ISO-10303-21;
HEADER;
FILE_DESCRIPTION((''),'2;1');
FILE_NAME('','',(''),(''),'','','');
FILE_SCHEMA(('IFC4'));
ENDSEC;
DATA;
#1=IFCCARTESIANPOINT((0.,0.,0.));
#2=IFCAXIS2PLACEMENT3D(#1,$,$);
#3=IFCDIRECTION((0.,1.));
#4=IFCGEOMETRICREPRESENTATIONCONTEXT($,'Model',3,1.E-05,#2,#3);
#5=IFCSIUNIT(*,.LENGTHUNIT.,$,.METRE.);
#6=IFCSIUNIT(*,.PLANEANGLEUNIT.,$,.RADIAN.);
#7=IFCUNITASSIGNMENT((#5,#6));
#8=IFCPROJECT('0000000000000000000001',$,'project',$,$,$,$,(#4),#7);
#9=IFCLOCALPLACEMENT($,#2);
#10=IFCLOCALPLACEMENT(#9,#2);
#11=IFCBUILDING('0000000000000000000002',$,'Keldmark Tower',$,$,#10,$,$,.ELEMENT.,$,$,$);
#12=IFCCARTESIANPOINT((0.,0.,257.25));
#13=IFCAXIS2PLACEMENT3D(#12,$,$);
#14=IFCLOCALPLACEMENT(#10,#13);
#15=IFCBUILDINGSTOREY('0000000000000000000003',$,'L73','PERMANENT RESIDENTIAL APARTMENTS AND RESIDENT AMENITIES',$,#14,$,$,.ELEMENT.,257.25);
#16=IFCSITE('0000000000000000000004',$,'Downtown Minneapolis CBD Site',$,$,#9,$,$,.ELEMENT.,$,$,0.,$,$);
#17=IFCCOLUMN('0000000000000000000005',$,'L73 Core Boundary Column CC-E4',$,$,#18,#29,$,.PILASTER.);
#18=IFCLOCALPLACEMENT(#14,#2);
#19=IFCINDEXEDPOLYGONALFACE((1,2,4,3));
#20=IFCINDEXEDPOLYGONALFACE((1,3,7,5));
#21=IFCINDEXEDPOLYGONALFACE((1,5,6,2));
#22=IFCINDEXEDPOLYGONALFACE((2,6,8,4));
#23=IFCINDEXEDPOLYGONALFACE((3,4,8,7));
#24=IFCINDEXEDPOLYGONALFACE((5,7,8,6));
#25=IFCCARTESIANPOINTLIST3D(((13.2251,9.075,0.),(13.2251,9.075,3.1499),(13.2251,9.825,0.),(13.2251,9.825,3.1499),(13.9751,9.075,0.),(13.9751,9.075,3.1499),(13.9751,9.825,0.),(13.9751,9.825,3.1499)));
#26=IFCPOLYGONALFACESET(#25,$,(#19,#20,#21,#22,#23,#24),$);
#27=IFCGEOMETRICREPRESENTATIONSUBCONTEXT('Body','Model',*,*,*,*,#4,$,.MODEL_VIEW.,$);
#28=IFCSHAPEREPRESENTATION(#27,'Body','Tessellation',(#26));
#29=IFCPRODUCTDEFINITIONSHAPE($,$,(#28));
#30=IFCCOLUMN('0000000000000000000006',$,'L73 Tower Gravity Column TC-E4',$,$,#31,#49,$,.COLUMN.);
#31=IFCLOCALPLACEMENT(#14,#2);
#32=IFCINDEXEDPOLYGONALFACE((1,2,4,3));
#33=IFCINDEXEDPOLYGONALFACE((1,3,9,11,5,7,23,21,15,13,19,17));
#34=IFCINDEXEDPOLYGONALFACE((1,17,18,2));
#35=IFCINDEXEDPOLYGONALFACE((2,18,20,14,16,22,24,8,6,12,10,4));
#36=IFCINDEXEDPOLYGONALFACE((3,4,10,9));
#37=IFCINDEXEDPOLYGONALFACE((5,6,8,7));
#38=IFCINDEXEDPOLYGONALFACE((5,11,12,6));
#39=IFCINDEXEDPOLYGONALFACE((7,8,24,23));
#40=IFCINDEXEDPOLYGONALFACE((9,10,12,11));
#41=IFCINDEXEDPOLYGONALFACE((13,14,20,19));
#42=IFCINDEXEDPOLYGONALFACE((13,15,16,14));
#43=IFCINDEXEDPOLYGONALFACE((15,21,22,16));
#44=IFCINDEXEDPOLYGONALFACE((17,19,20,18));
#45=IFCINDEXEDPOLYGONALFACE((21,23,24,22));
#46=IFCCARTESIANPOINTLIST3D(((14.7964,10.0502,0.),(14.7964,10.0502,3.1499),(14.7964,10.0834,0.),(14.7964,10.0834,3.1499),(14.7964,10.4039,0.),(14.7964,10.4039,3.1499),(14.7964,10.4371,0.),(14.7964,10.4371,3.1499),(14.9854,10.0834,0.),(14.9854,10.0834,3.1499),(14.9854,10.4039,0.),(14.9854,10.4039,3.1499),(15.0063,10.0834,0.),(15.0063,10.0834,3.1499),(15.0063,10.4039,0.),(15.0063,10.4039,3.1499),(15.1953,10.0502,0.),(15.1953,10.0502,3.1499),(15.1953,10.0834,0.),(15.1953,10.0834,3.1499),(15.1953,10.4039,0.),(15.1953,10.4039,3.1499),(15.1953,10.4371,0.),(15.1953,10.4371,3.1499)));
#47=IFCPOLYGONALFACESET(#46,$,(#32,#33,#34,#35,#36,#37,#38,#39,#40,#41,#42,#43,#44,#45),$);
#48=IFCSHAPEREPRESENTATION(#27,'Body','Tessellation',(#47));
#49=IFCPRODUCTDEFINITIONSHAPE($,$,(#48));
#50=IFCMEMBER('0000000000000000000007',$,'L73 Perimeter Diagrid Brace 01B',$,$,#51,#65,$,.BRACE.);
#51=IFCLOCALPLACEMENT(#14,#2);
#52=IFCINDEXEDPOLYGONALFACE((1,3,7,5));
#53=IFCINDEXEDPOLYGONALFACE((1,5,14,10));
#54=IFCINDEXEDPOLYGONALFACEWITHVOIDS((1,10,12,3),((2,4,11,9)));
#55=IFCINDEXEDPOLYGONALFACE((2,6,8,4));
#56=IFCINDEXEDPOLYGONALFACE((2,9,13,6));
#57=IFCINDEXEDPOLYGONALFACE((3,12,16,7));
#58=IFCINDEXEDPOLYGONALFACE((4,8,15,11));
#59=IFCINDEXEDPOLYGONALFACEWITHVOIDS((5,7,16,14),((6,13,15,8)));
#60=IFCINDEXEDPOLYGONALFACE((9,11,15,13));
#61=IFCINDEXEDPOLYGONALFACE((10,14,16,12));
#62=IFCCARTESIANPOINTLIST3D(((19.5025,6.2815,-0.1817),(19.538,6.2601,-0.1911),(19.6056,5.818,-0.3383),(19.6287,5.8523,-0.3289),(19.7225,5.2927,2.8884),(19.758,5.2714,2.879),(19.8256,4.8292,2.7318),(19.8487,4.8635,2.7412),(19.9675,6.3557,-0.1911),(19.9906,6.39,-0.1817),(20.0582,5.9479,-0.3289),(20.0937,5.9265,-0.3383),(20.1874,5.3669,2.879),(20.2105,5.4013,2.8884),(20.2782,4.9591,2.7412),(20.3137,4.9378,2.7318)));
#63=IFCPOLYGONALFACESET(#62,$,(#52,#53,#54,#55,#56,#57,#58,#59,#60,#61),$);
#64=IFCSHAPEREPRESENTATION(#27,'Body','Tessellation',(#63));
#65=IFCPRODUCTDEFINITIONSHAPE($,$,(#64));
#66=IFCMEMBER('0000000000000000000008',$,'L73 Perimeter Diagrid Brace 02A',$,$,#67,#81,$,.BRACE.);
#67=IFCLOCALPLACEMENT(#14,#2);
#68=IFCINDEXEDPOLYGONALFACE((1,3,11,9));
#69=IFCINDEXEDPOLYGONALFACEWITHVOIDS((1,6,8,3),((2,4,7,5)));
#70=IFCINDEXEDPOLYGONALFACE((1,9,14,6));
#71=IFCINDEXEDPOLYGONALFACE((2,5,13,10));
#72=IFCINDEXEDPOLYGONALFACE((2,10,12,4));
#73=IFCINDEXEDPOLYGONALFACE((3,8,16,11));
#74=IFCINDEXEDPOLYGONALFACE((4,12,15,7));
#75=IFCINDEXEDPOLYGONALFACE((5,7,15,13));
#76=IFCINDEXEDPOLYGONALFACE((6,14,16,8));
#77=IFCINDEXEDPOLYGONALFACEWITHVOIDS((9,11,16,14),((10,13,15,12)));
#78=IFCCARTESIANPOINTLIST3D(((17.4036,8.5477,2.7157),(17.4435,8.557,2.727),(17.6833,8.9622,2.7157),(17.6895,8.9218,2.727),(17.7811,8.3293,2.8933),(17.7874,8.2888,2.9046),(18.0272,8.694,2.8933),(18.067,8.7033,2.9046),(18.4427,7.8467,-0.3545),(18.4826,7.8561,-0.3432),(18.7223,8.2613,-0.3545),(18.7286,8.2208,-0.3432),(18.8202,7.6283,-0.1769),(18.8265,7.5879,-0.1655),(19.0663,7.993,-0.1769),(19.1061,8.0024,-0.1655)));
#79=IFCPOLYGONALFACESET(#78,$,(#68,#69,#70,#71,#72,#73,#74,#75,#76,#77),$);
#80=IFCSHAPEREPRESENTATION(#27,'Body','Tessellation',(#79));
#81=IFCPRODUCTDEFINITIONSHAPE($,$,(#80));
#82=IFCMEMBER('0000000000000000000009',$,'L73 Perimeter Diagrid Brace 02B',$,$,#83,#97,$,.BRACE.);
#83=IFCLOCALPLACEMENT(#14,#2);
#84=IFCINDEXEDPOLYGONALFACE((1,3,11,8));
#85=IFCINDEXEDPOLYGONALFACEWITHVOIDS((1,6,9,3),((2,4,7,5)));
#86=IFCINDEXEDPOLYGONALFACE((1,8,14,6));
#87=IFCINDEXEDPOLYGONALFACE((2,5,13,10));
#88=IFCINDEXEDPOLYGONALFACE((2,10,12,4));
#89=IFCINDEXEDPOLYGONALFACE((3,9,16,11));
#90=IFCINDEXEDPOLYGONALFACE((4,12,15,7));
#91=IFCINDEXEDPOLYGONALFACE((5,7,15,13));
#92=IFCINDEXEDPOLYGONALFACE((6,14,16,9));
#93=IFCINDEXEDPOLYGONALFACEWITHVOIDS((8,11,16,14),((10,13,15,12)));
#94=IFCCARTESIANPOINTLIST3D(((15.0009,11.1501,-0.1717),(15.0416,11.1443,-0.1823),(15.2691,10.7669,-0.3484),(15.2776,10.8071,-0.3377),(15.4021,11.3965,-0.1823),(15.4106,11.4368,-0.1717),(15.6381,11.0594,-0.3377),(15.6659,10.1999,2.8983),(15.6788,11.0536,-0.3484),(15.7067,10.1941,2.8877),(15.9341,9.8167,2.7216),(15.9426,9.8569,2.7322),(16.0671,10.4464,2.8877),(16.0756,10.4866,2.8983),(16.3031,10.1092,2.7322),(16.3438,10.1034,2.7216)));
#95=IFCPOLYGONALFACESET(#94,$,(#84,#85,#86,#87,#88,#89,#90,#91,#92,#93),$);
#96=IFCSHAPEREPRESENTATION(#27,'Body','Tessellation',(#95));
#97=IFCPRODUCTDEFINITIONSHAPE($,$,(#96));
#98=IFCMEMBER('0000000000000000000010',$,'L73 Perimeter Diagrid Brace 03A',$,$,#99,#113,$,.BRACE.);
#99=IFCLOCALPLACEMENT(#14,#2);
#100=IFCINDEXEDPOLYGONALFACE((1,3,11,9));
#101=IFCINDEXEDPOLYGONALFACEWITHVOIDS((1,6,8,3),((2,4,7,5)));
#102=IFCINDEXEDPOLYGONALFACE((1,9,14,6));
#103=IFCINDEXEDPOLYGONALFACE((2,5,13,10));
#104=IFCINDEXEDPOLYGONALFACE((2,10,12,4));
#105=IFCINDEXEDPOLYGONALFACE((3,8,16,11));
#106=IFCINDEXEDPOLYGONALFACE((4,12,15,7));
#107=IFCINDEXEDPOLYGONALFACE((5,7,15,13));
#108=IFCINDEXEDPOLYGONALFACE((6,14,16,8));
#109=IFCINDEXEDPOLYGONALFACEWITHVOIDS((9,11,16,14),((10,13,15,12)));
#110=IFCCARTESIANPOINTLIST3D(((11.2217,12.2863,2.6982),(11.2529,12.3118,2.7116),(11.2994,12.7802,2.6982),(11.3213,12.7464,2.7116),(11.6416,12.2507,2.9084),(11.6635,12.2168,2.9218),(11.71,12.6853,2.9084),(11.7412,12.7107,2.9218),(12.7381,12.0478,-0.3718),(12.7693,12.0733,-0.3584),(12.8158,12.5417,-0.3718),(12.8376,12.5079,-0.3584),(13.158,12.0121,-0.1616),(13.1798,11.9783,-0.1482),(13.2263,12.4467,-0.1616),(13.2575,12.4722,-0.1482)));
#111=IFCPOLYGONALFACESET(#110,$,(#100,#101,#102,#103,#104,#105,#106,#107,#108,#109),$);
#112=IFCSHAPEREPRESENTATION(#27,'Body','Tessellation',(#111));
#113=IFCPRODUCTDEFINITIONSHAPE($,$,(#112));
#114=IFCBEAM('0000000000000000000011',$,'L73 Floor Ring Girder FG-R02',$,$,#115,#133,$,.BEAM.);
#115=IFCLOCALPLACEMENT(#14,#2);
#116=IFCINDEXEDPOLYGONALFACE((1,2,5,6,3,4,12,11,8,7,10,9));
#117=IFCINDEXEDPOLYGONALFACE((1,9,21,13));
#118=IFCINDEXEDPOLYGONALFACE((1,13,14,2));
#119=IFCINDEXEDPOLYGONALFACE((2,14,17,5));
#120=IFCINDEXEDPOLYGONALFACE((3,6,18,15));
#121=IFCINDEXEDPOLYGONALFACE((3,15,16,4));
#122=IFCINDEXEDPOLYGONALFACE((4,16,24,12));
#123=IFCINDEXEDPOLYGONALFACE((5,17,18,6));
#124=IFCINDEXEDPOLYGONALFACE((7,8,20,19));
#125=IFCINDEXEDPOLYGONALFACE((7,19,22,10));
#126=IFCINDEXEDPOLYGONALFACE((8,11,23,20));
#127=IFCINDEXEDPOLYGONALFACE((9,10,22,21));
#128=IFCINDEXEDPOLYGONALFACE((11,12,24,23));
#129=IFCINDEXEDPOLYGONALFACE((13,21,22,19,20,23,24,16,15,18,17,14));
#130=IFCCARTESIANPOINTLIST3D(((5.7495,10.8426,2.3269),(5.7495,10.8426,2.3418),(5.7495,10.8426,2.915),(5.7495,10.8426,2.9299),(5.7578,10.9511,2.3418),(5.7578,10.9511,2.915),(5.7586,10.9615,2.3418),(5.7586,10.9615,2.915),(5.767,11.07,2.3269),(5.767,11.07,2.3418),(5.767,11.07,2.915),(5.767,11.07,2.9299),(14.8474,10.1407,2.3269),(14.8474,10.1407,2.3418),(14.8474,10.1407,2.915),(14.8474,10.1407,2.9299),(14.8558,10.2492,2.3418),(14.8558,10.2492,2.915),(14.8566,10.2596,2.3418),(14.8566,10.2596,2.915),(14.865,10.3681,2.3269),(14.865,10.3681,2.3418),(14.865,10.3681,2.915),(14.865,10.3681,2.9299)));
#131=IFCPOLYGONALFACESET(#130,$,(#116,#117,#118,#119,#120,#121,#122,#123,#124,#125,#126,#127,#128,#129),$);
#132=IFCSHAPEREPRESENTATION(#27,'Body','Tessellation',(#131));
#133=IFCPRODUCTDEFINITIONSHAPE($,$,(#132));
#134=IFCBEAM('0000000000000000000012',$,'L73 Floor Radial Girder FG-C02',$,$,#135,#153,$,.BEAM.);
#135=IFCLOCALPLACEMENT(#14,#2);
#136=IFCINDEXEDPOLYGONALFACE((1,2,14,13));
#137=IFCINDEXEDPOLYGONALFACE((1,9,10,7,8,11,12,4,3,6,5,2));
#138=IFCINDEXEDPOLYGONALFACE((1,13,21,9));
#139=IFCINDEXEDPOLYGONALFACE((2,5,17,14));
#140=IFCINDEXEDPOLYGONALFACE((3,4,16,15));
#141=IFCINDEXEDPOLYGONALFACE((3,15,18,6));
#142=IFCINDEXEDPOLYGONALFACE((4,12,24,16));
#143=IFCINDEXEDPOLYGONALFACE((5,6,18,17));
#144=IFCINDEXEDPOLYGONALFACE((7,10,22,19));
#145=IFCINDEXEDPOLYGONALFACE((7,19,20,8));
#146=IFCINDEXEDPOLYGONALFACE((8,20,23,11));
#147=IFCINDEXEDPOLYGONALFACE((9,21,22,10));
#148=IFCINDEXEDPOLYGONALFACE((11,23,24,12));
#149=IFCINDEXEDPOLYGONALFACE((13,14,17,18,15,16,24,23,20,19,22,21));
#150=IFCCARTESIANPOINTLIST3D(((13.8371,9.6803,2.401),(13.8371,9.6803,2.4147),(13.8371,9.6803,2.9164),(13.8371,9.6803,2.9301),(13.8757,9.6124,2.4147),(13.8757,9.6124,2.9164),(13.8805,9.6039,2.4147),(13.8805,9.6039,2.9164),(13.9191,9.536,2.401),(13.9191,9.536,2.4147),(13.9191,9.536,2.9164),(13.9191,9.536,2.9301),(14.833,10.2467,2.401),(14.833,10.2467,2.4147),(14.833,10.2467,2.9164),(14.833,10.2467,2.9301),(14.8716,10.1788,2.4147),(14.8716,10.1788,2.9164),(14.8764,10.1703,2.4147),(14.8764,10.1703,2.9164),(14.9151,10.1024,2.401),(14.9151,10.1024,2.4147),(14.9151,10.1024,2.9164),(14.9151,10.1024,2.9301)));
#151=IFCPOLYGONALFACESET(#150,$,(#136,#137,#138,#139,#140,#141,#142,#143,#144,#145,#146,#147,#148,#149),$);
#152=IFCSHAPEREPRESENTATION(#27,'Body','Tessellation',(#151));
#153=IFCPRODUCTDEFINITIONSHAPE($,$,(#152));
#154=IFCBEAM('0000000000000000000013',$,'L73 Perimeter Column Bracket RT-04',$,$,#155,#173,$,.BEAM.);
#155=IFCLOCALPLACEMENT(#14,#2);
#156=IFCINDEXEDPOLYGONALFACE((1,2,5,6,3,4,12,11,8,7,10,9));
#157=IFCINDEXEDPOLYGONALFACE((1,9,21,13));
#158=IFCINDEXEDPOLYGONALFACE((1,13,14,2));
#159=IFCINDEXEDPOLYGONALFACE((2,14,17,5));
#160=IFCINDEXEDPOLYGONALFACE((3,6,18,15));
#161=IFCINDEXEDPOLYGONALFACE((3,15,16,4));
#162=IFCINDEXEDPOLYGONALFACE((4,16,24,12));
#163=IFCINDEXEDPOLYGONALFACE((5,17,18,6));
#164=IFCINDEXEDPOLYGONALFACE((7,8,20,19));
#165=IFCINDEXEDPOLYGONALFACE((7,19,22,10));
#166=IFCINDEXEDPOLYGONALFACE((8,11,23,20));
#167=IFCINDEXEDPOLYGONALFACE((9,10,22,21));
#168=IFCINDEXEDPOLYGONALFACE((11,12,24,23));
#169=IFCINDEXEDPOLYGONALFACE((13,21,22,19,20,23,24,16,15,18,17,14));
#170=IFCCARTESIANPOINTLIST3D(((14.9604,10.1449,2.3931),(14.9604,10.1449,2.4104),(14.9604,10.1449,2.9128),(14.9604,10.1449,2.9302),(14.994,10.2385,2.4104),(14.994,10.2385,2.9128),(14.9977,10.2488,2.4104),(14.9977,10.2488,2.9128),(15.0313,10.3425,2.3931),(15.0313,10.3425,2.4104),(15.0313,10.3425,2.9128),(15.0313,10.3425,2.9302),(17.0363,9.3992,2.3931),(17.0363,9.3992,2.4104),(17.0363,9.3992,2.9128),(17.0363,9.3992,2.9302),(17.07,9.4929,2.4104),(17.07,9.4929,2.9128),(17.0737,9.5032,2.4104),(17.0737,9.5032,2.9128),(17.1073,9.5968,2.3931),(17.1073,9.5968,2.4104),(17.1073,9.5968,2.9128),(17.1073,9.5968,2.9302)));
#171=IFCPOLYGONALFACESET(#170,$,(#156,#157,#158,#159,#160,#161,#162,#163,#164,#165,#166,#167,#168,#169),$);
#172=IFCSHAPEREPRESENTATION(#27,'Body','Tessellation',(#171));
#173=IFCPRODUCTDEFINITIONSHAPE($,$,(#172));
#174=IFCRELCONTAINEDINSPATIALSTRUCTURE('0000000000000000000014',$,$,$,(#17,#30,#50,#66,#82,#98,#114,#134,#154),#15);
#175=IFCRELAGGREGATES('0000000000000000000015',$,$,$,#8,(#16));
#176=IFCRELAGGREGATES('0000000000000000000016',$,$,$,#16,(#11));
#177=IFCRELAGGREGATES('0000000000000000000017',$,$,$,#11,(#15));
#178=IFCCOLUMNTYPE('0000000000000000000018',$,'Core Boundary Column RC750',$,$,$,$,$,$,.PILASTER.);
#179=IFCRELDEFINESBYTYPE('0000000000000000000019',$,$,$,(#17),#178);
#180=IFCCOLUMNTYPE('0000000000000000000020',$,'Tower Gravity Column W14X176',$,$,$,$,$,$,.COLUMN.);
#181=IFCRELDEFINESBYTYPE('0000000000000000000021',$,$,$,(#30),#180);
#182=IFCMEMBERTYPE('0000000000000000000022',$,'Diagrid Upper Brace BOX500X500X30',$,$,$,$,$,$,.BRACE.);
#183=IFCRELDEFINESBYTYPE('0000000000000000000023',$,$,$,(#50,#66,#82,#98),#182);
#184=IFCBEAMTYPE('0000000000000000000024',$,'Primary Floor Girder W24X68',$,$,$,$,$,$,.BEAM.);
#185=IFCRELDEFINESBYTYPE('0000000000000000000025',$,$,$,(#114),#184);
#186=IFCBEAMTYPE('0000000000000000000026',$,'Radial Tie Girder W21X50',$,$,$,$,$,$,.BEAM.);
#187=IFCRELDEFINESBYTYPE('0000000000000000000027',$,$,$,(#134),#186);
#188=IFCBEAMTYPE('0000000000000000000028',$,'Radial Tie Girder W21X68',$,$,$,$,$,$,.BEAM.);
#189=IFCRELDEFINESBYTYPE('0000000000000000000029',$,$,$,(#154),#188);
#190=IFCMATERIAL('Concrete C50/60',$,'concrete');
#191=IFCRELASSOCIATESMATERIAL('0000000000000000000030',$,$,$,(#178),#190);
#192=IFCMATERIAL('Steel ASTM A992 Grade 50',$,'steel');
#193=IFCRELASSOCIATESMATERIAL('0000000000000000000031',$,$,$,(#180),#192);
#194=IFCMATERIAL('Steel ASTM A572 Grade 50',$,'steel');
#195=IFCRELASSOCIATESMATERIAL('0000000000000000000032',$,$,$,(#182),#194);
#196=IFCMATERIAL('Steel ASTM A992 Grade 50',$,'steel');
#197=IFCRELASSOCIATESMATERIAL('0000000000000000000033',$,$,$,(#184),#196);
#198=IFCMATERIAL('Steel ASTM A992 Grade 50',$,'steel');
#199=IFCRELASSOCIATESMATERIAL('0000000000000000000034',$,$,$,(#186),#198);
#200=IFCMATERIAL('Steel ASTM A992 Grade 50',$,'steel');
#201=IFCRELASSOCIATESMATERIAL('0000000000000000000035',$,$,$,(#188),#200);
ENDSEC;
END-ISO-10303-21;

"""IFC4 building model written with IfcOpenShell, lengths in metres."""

from ifc_helpers import new_model, si_unit, direction, frame, origin, origin_2d, place, context, subcontext, project, spatial, rectangle, hollow_rectangle, i_section, extrude, material, material_profile, profile_set, type_object, element, save


model = new_model("IFC4")

# Units and contexts
model_context = context("Model", 3, precision=1e-05, world=origin(), true_north=direction((0.0, 1.0)))
body_context = subcontext(model_context, "Body", "Model", "MODEL_VIEW")
ifc_project = project(units=[si_unit("LENGTHUNIT", "METRE"), si_unit("PLANEANGLEUNIT", "RADIAN")], contexts=[model_context])

# Site, building, storey
site_placement = place(None, origin())
site = spatial("IfcSite", under=ifc_project, at=site_placement, Name="Downtown Minneapolis CBD Site", CompositionType="ELEMENT", RefElevation=0.0)
building_placement = place(site_placement, origin())
building = spatial("IfcBuilding", under=site, at=building_placement, Name="Keldmark Tower", CompositionType="ELEMENT")
storey_placement = place(building_placement, frame((0.0, 0.0, 257.25)))
storey = spatial("IfcBuildingStorey", under=building, at=storey_placement, Name="L73", Description="PERMANENT RESIDENTIAL APARTMENTS AND RESIDENT AMENITIES", CompositionType="ELEMENT", Elevation=257.25)

# Columns
ifc_material_1 = material(Name="Concrete C50/60", Category="concrete")
ifc_material_profile_1 = material_profile(ifc_material_1, rectangle(XDim=0.75, YDim=0.75, at=origin_2d()), Name="RC750X750")
ifc_profile_set_1 = profile_set([ifc_material_profile_1], Name="Concrete C50/60")
column_type_1 = type_object("IfcColumnType", Name="Core Boundary Column RC750", PredefinedType="PILASTER", material=ifc_profile_set_1)
column_1_placement = place(storey_placement, frame((13.6001, 9.45, 0.0), z_axis=(0.0, 0.0, 1.0), x_axis=(1.0, 0.0, 0.0)))
element("IfcColumn", 1, at=column_1_placement, inside=storey, type_object=column_type_1, Name="L73 Core Boundary Column CC-E4", PredefinedType="PILASTER", context=body_context, shape_type="SweptSolid", body=[
    extrude(rectangle(XDim=0.75, YDim=0.75, at=origin_2d()), origin(), (0.0, 0.0, 1.0), 3.1499),
])
ifc_material_2 = material(Name="Steel ASTM A992 Grade 50", Category="steel")
ifc_material_profile_2 = material_profile(ifc_material_2, i_section(OverallWidth=0.3989, OverallDepth=0.387, WebThickness=0.021, FlangeThickness=0.0332, at=origin_2d()), Name="W14X176")
ifc_profile_set_2 = profile_set([ifc_material_profile_2], Name="Steel ASTM A992 Grade 50")
column_type_2 = type_object("IfcColumnType", Name="Tower Gravity Column W14X176", PredefinedType="COLUMN", material=ifc_profile_set_2)
column_2_placement = place(storey_placement, frame((14.9958, 10.2437, 0.0), z_axis=(0.0, 0.0, 1.0), x_axis=(1.0, 0.0, 0.0)))
element("IfcColumn", 2, at=column_2_placement, inside=storey, type_object=column_type_2, Name="L73 Tower Gravity Column TC-E4", PredefinedType="COLUMN", context=body_context, shape_type="SweptSolid", body=[
    extrude(i_section(OverallWidth=0.3989, OverallDepth=0.387, WebThickness=0.021, FlangeThickness=0.0332, at=origin_2d()), origin(), (0.0, 0.0, 1.0), 3.1499),
])

# Members
ifc_material_3 = material(Name="Steel ASTM A572 Grade 50", Category="steel")
ifc_material_profile_3 = material_profile(ifc_material_3, hollow_rectangle(XDim=0.5, YDim=0.5, WallThickness=0.03, at=origin_2d()), Name="BOX500X500X30")
ifc_profile_set_3 = profile_set([ifc_material_profile_3], Name="Steel ASTM A572 Grade 50")
member_type = type_object("IfcMemberType", Name="Diagrid Upper Brace BOX500X500X30", PredefinedType="BRACE", material=ifc_profile_set_3)
member_1_placement = place(storey_placement, frame((19.7981, 6.104, -0.26), z_axis=(0.068042, -0.30585, 0.949645), x_axis=(0.976136, 0.21716, 0.0)))
element("IfcMember", 3, at=member_1_placement, inside=storey, type_object=member_type, Name="L73 Perimeter Diagrid Brace 01B", PredefinedType="BRACE", context=body_context, shape_type="SweptSolid", body=[
    extrude(hollow_rectangle(XDim=0.5, YDim=0.5, WallThickness=0.03, at=origin_2d()), origin(), (0.0, 0.0, 1.0), 3.2329),
])
member_2_placement = place(storey_placement, frame((18.7744, 7.9246, -0.26), z_axis=(-0.313342, 0.211374, 0.925817), x_axis=(-0.559232, -0.829011, 0.0)))
element("IfcMember", 4, at=member_2_placement, inside=storey, type_object=member_type, Name="L73 Perimeter Diagrid Brace 02A", PredefinedType="BRACE", context=body_context, shape_type="SweptSolid", body=[
    extrude(hollow_rectangle(XDim=0.5, YDim=0.5, WallThickness=0.03, at=origin_2d()), origin(), (0.0, 0.0, 1.0), 3.3162),
])
member_3_placement = place(storey_placement, frame((15.3398, 11.1018, -0.26), z_axis=(0.202642, -0.289531, 0.935472), x_axis=(0.819271, 0.573406, 0.0)))
element("IfcMember", 5, at=member_3_placement, inside=storey, type_object=member_type, Name="L73 Perimeter Diagrid Brace 02B", PredefinedType="BRACE", context=body_context, shape_type="SweptSolid", body=[
    extrude(hollow_rectangle(XDim=0.5, YDim=0.5, WallThickness=0.03, at=origin_2d()), origin(), (0.0, 0.0, 1.0), 3.2817),
])
member_4_placement = place(storey_placement, frame((12.9978, 12.26, -0.26), z_axis=(-0.441774, 0.069492, 0.894431), x_axis=(-0.155391, -0.987853, 0.0)))
element("IfcMember", 6, at=member_4_placement, inside=storey, type_object=member_type, Name="L73 Perimeter Diagrid Brace 03A", PredefinedType="BRACE", context=body_context, shape_type="SweptSolid", body=[
    extrude(hollow_rectangle(XDim=0.5, YDim=0.5, WallThickness=0.03, at=origin_2d()), origin(), (0.0, 0.0, 1.0), 3.4324),
])

# Beams
ifc_material_4 = material(Name="Steel ASTM A992 Grade 50", Category="steel")
ifc_material_profile_4 = material_profile(ifc_material_4, i_section(OverallWidth=0.228, OverallDepth=0.603, WebThickness=0.0105, FlangeThickness=0.0149, at=origin_2d()), Name="W24X68")
ifc_profile_set_4 = profile_set([ifc_material_profile_4], Name="Steel ASTM A992 Grade 50")
beam_type_1 = type_object("IfcBeamType", Name="Primary Floor Girder W24X68", PredefinedType="BEAM", material=ifc_profile_set_4)
beam_1_placement = place(storey_placement, frame((14.8562, 10.2544, 2.6284), z_axis=(-0.997037, 0.076922, 0.0), x_axis=(-0.076922, -0.997037, 0.0)))
element("IfcBeam", 7, at=beam_1_placement, inside=storey, type_object=beam_type_1, Name="L73 Floor Ring Girder FG-R02", PredefinedType="BEAM", context=body_context, shape_type="SweptSolid", body=[
    extrude(i_section(OverallWidth=0.228, OverallDepth=0.603, WebThickness=0.0105, FlangeThickness=0.0149, at=origin_2d()), origin(), (0.0, 0.0, 1.0), 9.125),
])
ifc_material_5 = material(Name="Steel ASTM A992 Grade 50", Category="steel")
ifc_material_profile_5 = material_profile(ifc_material_5, i_section(OverallWidth=0.166, OverallDepth=0.5291, WebThickness=0.0098, FlangeThickness=0.0137, at=origin_2d()), Name="W21X50")
ifc_profile_set_5 = profile_set([ifc_material_profile_5], Name="Steel ASTM A992 Grade 50")
beam_type_2 = type_object("IfcBeamType", Name="Radial Tie Girder W21X50", PredefinedType="BEAM", material=ifc_profile_set_5)
beam_2_placement = place(storey_placement, frame((14.874, 10.1746, 2.6655), z_axis=(-0.869238, -0.494394, 0.0), x_axis=(0.494394, -0.869238, 0.0)))
element("IfcBeam", 8, at=beam_2_placement, inside=storey, type_object=beam_type_2, Name="L73 Floor Radial Girder FG-C02", PredefinedType="BEAM", context=body_context, shape_type="SweptSolid", body=[
    extrude(i_section(OverallWidth=0.166, OverallDepth=0.5291, WebThickness=0.0098, FlangeThickness=0.0137, at=origin_2d()), origin(), (0.0, 0.0, 1.0), 1.1458),
])
ifc_material_6 = material(Name="Steel ASTM A992 Grade 50", Category="steel")
ifc_material_profile_6 = material_profile(ifc_material_6, i_section(OverallWidth=0.21, OverallDepth=0.5371, WebThickness=0.011, FlangeThickness=0.0173, at=origin_2d()), Name="W21X68")
ifc_profile_set_6 = profile_set([ifc_material_profile_6], Name="Steel ASTM A992 Grade 50")
beam_type_3 = type_object("IfcBeamType", Name="Radial Tie Girder W21X68", PredefinedType="BEAM", material=ifc_profile_set_6)
beam_3_placement = place(storey_placement, frame((14.9958, 10.2437, 2.6616), z_axis=(0.941137, -0.338026, 0.0), x_axis=(0.338026, 0.941137, 0.0)))
element("IfcBeam", 9, at=beam_3_placement, inside=storey, type_object=beam_type_3, Name="L73 Perimeter Column Bracket RT-04", PredefinedType="BEAM", context=body_context, shape_type="SweptSolid", body=[
    extrude(i_section(OverallWidth=0.21, OverallDepth=0.5371, WebThickness=0.011, FlangeThickness=0.0173, at=origin_2d()), origin(), (0.0, 0.0, 1.0), 2.2058),
])

save(model, "model.ifc")
